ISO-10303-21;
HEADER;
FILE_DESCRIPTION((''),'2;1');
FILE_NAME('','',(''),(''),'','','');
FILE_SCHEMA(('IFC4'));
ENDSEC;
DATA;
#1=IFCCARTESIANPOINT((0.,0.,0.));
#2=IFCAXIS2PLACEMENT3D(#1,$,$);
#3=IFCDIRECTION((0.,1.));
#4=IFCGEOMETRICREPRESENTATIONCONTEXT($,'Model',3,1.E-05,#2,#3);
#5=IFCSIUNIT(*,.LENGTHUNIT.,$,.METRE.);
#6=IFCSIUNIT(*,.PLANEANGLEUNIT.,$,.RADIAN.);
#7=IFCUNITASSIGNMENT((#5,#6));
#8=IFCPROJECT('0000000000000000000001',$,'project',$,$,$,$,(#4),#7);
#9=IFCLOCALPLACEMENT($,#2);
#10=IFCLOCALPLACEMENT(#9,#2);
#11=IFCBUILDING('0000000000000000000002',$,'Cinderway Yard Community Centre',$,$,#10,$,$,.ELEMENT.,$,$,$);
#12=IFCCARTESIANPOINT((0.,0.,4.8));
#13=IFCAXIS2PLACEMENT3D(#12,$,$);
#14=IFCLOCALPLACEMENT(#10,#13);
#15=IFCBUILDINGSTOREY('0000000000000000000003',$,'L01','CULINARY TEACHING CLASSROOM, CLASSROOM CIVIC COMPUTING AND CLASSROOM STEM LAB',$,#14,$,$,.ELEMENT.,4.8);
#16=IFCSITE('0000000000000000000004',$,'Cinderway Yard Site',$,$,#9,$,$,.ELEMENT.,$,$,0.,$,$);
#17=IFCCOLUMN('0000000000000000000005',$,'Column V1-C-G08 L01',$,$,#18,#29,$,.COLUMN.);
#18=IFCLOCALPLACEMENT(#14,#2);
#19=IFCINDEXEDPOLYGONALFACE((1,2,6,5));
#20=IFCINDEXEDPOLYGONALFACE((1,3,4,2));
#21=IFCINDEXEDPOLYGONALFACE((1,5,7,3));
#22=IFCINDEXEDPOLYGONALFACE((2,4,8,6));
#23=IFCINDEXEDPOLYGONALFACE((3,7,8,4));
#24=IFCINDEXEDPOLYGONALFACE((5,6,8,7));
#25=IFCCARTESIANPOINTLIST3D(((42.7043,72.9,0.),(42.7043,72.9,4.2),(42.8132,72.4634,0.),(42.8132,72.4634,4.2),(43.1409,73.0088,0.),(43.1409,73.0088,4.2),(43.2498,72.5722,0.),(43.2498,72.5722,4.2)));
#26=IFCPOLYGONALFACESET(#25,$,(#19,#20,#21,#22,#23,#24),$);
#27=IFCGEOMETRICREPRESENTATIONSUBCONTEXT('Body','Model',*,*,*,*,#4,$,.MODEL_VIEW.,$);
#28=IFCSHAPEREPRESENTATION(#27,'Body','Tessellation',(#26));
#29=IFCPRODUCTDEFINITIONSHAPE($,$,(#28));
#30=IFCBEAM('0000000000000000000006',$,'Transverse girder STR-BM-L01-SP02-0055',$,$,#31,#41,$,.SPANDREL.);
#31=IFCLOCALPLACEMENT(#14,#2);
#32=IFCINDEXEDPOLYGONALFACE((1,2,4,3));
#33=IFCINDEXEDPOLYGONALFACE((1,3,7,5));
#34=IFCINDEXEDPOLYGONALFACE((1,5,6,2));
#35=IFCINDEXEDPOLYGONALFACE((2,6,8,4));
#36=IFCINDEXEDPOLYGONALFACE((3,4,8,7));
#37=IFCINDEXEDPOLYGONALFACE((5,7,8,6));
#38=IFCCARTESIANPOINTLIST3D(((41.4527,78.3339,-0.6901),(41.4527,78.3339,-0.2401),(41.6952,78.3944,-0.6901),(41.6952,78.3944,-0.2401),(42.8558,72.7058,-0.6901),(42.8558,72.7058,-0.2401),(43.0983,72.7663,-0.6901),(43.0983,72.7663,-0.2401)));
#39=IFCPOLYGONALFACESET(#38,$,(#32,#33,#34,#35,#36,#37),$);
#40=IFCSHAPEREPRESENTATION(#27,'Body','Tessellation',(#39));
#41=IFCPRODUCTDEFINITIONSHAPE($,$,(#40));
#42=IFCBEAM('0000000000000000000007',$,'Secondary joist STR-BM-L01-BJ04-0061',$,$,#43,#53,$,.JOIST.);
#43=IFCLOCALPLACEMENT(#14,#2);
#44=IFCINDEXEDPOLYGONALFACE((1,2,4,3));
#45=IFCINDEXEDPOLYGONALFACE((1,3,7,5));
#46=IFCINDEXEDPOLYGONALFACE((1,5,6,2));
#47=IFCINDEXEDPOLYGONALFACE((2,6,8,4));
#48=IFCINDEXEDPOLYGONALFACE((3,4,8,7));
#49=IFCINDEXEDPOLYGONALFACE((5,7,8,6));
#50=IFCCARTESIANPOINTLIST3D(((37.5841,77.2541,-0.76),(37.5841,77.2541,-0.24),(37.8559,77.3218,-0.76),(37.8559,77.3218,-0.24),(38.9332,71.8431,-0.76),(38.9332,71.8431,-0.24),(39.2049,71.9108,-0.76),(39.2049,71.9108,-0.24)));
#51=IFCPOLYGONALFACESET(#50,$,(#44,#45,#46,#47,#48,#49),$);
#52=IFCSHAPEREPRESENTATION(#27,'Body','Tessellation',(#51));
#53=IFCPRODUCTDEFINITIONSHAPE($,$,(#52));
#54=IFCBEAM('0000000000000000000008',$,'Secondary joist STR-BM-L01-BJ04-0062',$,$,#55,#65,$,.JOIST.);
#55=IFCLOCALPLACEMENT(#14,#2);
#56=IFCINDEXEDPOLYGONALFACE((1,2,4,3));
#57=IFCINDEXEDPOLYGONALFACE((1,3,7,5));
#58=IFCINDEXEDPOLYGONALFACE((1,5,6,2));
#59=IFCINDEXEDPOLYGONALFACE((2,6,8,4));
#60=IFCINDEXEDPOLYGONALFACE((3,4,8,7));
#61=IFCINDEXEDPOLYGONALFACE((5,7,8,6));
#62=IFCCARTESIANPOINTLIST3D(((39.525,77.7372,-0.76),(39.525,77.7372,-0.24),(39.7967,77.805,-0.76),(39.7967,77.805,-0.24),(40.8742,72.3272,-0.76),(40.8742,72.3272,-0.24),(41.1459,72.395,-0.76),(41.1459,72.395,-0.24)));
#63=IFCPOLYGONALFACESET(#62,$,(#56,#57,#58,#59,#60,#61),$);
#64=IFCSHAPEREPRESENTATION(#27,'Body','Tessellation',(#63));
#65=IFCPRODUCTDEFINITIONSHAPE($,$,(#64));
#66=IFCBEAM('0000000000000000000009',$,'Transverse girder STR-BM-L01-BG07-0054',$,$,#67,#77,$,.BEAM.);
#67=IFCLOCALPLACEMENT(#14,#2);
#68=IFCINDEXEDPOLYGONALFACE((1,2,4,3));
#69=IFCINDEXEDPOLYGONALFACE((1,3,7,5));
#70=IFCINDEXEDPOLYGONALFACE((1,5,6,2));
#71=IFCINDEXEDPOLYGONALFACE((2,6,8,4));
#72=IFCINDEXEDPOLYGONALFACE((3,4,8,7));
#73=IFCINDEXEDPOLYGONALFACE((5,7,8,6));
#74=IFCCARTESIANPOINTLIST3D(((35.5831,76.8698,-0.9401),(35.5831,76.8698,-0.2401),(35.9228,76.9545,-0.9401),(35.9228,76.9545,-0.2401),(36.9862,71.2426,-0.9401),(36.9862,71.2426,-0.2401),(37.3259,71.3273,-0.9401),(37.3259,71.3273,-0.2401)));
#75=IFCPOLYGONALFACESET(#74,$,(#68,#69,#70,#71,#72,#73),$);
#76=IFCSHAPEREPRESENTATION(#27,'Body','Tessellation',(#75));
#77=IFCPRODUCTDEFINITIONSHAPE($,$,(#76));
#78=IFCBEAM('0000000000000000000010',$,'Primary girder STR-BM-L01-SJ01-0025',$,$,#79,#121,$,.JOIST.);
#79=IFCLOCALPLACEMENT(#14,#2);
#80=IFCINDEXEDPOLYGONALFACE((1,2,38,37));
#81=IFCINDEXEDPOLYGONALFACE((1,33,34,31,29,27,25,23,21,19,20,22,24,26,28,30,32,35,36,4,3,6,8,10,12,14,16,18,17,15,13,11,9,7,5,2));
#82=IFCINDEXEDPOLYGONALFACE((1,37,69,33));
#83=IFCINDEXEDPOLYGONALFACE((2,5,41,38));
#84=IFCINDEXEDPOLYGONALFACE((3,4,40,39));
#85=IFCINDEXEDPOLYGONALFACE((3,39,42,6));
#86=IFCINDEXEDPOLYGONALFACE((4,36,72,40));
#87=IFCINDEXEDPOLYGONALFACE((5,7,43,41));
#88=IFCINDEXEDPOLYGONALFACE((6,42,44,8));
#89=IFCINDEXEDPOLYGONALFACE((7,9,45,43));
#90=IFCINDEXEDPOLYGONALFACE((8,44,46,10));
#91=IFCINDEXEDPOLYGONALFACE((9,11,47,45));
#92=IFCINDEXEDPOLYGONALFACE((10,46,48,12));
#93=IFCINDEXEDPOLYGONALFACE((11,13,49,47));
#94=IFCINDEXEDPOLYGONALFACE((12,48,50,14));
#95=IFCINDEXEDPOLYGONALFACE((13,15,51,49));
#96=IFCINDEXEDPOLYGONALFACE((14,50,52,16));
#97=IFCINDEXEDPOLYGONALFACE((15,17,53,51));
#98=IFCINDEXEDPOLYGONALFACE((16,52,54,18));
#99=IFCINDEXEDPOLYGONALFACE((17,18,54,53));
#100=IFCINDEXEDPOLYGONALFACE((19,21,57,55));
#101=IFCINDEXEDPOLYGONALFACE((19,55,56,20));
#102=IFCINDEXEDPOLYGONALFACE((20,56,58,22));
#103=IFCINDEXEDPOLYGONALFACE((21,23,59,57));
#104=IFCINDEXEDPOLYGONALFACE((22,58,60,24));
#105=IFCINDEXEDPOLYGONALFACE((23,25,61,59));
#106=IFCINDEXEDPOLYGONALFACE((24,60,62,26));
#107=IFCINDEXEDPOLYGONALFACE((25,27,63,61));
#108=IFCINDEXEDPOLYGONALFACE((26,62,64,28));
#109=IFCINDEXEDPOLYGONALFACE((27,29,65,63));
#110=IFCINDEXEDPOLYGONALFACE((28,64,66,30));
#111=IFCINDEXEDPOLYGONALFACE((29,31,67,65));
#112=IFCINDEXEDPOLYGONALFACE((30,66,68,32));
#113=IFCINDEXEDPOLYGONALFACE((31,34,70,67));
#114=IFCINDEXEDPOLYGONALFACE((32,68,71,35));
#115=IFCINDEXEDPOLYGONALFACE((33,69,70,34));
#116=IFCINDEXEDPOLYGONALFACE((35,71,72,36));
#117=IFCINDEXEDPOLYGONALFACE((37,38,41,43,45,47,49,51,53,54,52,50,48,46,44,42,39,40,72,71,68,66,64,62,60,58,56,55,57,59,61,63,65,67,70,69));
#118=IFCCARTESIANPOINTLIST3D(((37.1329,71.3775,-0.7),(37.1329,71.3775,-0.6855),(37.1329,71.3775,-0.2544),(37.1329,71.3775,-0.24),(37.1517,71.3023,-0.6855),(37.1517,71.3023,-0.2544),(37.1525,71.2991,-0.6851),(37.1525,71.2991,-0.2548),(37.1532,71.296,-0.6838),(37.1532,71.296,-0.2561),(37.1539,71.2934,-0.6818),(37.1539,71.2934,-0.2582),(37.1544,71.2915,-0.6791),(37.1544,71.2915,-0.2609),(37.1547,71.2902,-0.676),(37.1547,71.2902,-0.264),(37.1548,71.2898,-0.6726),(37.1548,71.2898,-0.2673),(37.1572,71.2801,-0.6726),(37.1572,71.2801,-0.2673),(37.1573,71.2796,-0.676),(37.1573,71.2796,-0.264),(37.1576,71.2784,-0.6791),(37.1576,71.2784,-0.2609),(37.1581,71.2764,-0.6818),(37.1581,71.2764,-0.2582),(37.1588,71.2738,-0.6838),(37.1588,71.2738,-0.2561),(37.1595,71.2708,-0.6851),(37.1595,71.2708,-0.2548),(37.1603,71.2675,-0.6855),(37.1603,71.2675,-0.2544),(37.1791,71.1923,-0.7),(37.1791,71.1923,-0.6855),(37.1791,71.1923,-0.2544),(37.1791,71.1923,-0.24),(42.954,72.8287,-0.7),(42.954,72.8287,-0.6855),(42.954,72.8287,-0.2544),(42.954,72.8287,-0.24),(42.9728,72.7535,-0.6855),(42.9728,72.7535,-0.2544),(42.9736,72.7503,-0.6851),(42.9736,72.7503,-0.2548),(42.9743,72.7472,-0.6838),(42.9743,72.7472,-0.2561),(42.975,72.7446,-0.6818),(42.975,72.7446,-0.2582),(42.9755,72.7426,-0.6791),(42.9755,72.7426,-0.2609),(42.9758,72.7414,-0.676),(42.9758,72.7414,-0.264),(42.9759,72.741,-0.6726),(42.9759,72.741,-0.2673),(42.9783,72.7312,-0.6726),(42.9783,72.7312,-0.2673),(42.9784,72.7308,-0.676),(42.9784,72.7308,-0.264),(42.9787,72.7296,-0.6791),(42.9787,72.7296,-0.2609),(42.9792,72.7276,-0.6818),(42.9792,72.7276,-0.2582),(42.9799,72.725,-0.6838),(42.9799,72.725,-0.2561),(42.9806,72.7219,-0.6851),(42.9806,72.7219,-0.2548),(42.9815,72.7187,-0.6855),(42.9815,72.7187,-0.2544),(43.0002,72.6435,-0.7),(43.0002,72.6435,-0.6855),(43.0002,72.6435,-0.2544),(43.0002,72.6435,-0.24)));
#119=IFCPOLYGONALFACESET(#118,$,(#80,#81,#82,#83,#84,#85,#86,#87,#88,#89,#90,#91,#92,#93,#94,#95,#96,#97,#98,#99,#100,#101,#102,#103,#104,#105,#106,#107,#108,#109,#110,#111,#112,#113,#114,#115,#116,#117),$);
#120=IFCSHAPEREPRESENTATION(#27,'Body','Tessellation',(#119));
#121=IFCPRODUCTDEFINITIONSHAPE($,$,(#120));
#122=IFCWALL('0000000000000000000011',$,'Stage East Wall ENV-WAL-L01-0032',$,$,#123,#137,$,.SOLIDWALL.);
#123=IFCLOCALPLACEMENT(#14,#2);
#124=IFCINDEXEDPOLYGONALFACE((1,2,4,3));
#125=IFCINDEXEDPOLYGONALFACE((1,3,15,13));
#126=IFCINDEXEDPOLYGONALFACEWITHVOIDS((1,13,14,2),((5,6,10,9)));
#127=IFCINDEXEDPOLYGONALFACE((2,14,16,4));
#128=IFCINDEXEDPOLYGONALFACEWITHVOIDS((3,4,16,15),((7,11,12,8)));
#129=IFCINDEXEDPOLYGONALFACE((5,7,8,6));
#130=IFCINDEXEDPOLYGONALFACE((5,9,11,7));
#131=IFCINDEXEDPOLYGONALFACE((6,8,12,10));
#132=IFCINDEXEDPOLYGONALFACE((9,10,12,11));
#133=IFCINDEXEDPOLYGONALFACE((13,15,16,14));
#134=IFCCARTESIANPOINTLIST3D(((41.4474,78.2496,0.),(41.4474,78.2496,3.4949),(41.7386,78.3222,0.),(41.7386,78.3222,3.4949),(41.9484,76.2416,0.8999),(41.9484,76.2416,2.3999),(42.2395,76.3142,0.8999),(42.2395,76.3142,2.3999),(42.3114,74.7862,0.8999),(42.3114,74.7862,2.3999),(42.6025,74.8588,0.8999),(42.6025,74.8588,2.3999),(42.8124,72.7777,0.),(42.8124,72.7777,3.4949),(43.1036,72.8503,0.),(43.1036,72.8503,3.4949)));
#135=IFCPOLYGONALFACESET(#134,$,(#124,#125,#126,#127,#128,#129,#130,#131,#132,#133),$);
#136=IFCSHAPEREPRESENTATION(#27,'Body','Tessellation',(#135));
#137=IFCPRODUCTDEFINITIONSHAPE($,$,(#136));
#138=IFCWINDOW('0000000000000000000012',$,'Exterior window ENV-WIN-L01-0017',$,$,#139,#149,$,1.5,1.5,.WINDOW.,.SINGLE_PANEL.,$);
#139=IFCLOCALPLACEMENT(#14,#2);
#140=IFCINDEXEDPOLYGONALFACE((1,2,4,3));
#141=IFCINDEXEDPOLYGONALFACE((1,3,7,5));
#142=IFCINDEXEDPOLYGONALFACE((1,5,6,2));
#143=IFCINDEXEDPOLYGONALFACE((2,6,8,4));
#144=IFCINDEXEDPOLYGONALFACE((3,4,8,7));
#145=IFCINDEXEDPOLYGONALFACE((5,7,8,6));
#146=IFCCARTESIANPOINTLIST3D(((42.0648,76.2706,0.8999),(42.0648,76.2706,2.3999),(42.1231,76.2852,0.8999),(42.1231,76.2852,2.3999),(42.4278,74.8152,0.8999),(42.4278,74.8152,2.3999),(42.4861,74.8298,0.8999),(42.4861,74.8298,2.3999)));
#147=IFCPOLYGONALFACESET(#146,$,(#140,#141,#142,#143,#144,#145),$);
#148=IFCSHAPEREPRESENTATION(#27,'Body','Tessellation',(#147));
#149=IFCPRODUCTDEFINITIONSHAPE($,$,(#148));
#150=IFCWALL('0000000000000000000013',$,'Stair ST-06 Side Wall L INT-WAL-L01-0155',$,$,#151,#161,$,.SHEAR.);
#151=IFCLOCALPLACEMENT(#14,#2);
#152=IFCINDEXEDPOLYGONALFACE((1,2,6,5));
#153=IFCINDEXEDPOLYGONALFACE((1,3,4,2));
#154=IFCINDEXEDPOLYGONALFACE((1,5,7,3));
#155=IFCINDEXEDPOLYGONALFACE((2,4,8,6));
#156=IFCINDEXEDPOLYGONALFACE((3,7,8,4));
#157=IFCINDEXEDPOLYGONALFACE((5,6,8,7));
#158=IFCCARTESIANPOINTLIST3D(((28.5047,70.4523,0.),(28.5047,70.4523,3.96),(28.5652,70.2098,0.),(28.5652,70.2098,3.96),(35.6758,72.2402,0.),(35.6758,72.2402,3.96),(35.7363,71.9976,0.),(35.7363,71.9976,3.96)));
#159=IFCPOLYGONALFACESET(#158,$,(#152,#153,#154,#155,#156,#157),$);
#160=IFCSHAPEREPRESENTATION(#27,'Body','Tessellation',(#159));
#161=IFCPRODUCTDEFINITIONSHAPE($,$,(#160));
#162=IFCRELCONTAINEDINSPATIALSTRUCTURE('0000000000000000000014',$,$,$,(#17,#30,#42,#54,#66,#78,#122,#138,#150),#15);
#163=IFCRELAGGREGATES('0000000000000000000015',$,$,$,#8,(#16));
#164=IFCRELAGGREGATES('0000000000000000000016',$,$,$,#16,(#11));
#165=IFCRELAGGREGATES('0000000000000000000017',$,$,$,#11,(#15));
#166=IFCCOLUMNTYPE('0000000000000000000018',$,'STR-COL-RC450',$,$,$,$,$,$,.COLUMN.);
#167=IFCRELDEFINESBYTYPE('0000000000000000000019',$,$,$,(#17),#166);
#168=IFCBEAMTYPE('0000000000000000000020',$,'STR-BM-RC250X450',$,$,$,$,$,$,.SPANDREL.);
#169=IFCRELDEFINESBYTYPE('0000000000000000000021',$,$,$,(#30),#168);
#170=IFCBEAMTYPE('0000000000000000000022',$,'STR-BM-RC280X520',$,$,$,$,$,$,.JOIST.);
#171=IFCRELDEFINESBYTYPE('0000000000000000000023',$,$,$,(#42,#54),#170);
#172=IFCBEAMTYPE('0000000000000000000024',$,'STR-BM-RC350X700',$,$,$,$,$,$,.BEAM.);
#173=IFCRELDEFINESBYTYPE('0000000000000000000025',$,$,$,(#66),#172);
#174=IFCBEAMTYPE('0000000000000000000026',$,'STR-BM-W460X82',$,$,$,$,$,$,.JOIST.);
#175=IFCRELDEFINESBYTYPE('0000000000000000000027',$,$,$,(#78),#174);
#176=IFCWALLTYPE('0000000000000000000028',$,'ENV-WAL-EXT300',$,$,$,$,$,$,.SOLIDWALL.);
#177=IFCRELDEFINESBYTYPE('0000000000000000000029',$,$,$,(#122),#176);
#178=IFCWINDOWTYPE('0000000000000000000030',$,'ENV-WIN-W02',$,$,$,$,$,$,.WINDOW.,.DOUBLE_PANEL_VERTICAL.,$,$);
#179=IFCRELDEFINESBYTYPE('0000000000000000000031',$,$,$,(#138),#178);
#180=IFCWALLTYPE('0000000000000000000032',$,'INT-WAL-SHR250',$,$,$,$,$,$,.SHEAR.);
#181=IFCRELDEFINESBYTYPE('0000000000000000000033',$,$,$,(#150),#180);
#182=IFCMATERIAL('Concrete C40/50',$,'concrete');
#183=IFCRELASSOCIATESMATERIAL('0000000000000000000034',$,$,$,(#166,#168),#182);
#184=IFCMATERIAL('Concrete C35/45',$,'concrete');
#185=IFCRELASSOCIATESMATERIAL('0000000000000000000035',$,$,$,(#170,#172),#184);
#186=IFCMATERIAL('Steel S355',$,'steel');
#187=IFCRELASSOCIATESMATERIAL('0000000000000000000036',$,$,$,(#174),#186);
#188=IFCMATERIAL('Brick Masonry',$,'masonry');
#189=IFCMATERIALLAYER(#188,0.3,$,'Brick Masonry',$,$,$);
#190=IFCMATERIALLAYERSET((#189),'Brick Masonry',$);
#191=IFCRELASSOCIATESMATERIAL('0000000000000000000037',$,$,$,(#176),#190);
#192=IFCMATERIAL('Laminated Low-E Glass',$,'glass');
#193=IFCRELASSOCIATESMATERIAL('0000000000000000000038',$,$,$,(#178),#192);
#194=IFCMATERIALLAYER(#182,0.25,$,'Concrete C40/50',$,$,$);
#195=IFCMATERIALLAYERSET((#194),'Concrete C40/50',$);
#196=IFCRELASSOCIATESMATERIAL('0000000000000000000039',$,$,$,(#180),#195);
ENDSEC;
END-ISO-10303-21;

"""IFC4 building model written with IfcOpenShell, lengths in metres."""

from ifc_helpers import new_model, si_unit, direction, frame, frame_2d, origin, origin_2d, place, context, subcontext, project, spatial, rectangle, i_section, extrude, material, layer, layer_set, material_profile, profile_set, type_object, element, fill, save


model = new_model("IFC4")

# Units and contexts
model_context = context("Model", 3, precision=1e-05, world=origin(), true_north=direction((0.0, 1.0)))
body_context = subcontext(model_context, "Body", "Model", "MODEL_VIEW")
ifc_project = project(units=[si_unit("LENGTHUNIT", "METRE"), si_unit("PLANEANGLEUNIT", "RADIAN")], contexts=[model_context])

# Site, building, storey
site_placement = place(None, origin())
site = spatial("IfcSite", under=ifc_project, at=site_placement, Name="Cinderway Yard Site", CompositionType="ELEMENT", RefElevation=0.0)
building_placement = place(site_placement, origin())
building = spatial("IfcBuilding", under=site, at=building_placement, Name="Cinderway Yard Community Centre", CompositionType="ELEMENT")
storey_placement = place(building_placement, frame((0.0, 0.0, 4.8)))
storey = spatial("IfcBuildingStorey", under=building, at=storey_placement, Name="L01", Description="CULINARY TEACHING CLASSROOM, CLASSROOM CIVIC COMPUTING AND CLASSROOM STEM LAB", CompositionType="ELEMENT", Elevation=4.8)

# Column
ifc_material_1 = material(Name="Concrete C40/50", Category="concrete")
ifc_material_profile_1 = material_profile(ifc_material_1, rectangle(XDim=0.45, YDim=0.45, at=origin_2d()), Name="Concrete C40/50")
ifc_profile_set_1 = profile_set([ifc_material_profile_1], Name="Concrete C40/50")
column_type = type_object("IfcColumnType", Name="STR-COL-RC450", PredefinedType="COLUMN", material=ifc_profile_set_1)
column_placement = place(storey_placement, frame((42.9771, 72.7361, 0.0), z_axis=(0.0, 0.0, 1.0), x_axis=(0.970296, 0.241922, 0.0)))
element("IfcColumn", 1, at=column_placement, inside=storey, type_object=column_type, Name="Column V1-C-G08 L01", PredefinedType="COLUMN", context=body_context, shape_type="SweptSolid", body=[
    extrude(rectangle(XDim=0.45, YDim=0.45, at=origin_2d()), origin(), (0.0, 0.0, 1.0), 4.2),
])

# Beams
ifc_material_profile_2 = material_profile(ifc_material_1, rectangle(XDim=0.25, YDim=0.45, at=origin_2d()), Name="Concrete C40/50")
ifc_profile_set_2 = profile_set([ifc_material_profile_2], Name="Concrete C40/50")
beam_type_1 = type_object("IfcBeamType", Name="STR-BM-RC250X450", PredefinedType="SPANDREL", material=ifc_profile_set_2)
beam_1_placement = place(storey_placement, frame((42.9771, 72.7361, -0.4651), z_axis=(-0.241902, 0.970301, 0.0), x_axis=(-0.970301, -0.241902, 0.0)))
element("IfcBeam", 2, at=beam_1_placement, inside=storey, type_object=beam_type_1, Name="Transverse girder STR-BM-L01-SP02-0055", PredefinedType="SPANDREL", context=body_context, shape_type="SweptSolid", body=[
    extrude(rectangle(XDim=0.25, YDim=0.45, at=origin_2d()), origin(), (0.0, 0.0, 1.0), 5.8003),
])
ifc_material_2 = material(Name="Concrete C35/45", Category="concrete")
ifc_material_profile_3 = material_profile(ifc_material_2, rectangle(XDim=0.28, YDim=0.52, at=origin_2d()), Name="Concrete C35/45")
ifc_profile_set_3 = profile_set([ifc_material_profile_3], Name="Concrete C35/45")
beam_type_2 = type_object("IfcBeamType", Name="STR-BM-RC280X520", PredefinedType="JOIST", material=ifc_profile_set_3)
beam_2_placement = place(storey_placement, frame((39.0691, 71.877, -0.5), z_axis=(-0.241918, 0.970297, 0.0), x_axis=(-0.970297, -0.241918, 0.0)))
element("IfcBeam", 3, at=beam_2_placement, inside=storey, type_object=beam_type_2, Name="Secondary joist STR-BM-L01-BJ04-0061", PredefinedType="JOIST", context=body_context, shape_type="SweptSolid", body=[
    extrude(rectangle(XDim=0.28, YDim=0.52, at=origin_2d()), origin(), (0.0, 0.0, 1.0), 5.5767),
])
beam_3_placement = place(storey_placement, frame((41.01, 72.3611, -0.5), z_axis=(-0.241969, 0.970284, 0.0), x_axis=(-0.970284, -0.241969, 0.0)))
element("IfcBeam", 4, at=beam_3_placement, inside=storey, type_object=beam_type_2, Name="Secondary joist STR-BM-L01-BJ04-0062", PredefinedType="JOIST", context=body_context, shape_type="SweptSolid", body=[
    extrude(rectangle(XDim=0.28, YDim=0.52, at=origin_2d()), origin(), (0.0, 0.0, 1.0), 5.5757),
])
ifc_material_profile_4 = material_profile(ifc_material_2, rectangle(XDim=0.3501, YDim=0.7, at=origin_2d()), Name="Concrete C35/45")
ifc_profile_set_4 = profile_set([ifc_material_profile_4], Name="Concrete C35/45")
beam_type_3 = type_object("IfcBeamType", Name="STR-BM-RC350X700", PredefinedType="BEAM", material=ifc_profile_set_4)
beam_4_placement = place(storey_placement, frame((37.156, 71.2849, -0.5901), z_axis=(-0.241931, 0.970293, 0.0), x_axis=(-0.970293, -0.241931, 0.0)))
element("IfcBeam", 5, at=beam_4_placement, inside=storey, type_object=beam_type_3, Name="Transverse girder STR-BM-L01-BG07-0054", PredefinedType="BEAM", context=body_context, shape_type="SweptSolid", body=[
    extrude(rectangle(XDim=0.3501, YDim=0.7, at=origin_2d()), origin(), (0.0, 0.0, 1.0), 5.7996),
])
ifc_material_3 = material(Name="Steel S355", Category="steel")
ifc_material_profile_5 = material_profile(ifc_material_3, i_section(OverallWidth=0.1909, OverallDepth=0.46, WebThickness=0.01, FlangeThickness=0.0144, FilletRadius=0.0129, at=origin_2d()), Name="Steel S355")
ifc_profile_set_5 = profile_set([ifc_material_profile_5], Name="Steel S355")
beam_type_4 = type_object("IfcBeamType", Name="STR-BM-W460X82", PredefinedType="JOIST", material=ifc_profile_set_5)
beam_5_placement = place(storey_placement, frame((37.156, 71.2849, -0.47), z_axis=(0.970303, 0.241894, 0.0), x_axis=(-0.241894, 0.970303, 0.0)))
element("IfcBeam", 6, at=beam_5_placement, inside=storey, type_object=beam_type_4, Name="Primary girder STR-BM-L01-SJ01-0025", PredefinedType="JOIST", context=body_context, shape_type="SweptSolid", body=[
    extrude(i_section(OverallWidth=0.1909, OverallDepth=0.46, WebThickness=0.01, FlangeThickness=0.0144, FilletRadius=0.0129, at=origin_2d()), origin(), (0.0, 0.0, 1.0), 5.9993),
])

# Wall, opening, window
ifc_material_4 = material(Name="Brick Masonry", Category="masonry")
ifc_layer_1 = layer(ifc_material_4, 0.3, Name="Brick Masonry")
ifc_layer_set_1 = layer_set([ifc_layer_1], Name="Brick Masonry")
wall_type_1 = type_object("IfcWallType", Name="ENV-WAL-EXT300", PredefinedType="SOLIDWALL", material=ifc_layer_set_1)
wall_1_placement = place(storey_placement, frame((42.958, 72.814, 0.0), z_axis=(0.0, 0.0, 1.0), x_axis=(-0.242036, 0.970267, 0.0)))
wall_1 = element("IfcWall", 7, at=wall_1_placement, inside=storey, type_object=wall_type_1, Name="Stage East Wall ENV-WAL-L01-0032", PredefinedType="SOLIDWALL", context=body_context, shape_type="SweptSolid", body=[
    extrude(rectangle(XDim=5.6396, YDim=0.3, at=frame_2d((2.8198, 0.0))), origin(), (0.0, 0.0, 1.0), 3.4949),
])
opening_placement = place(wall_1_placement, frame((2.0701, 0.0, 0.8999)))
opening = element("IfcOpeningElement", 8, at=opening_placement, cuts=wall_1, PredefinedType="OPENING", context=body_context, shape_type="SweptSolid", body=[
    extrude(rectangle(XDim=1.5, YDim=1.5, at=frame_2d((0.75, 0.75))), frame((0.0, 0.1599, 0.0), z_axis=(0.0, -1.0, 0.0), x_axis=(1.0, 0.0, 0.0)), (0.0, 0.0, 1.0), 0.3201),
])
ifc_material_5 = material(Name="Laminated Low-E Glass", Category="glass")
window_type = type_object("IfcWindowType", Name="ENV-WIN-W02", PartitioningType="DOUBLE_PANEL_VERTICAL", PredefinedType="WINDOW", material=ifc_material_5)
window_placement = place(opening_placement, origin())
window = element("IfcWindow", 9, at=window_placement, inside=storey, type_object=window_type, Name="Exterior window ENV-WIN-L01-0017", OverallHeight=1.5, OverallWidth=1.5, PartitioningType="SINGLE_PANEL", PredefinedType="WINDOW", context=body_context, shape_type="SweptSolid", body=[
    extrude(rectangle(XDim=1.5, YDim=1.5, at=frame_2d((0.75, 0.75))), frame((0.0, 0.03, 0.0), z_axis=(0.0, -1.0, 0.0), x_axis=(1.0, 0.0, 0.0)), (0.0, 0.0, 1.0), 0.0601),
])
fill(opening, window)

# Wall
ifc_layer_2 = layer(ifc_material_1, 0.25, Name="Concrete C40/50")
ifc_layer_set_2 = layer_set([ifc_layer_2], Name="Concrete C40/50")
wall_type_2 = type_object("IfcWallType", Name="INT-WAL-SHR250", PredefinedType="SHEAR", material=ifc_layer_set_2)
wall_2_placement = place(storey_placement, frame((35.7061, 72.1189, 0.0), z_axis=(0.0, 0.0, 1.0), x_axis=(-0.9703, -0.241906, 0.0)))
element("IfcWall", 10, at=wall_2_placement, inside=storey, type_object=wall_type_2, Name="Stair ST-06 Side Wall L INT-WAL-L01-0155", PredefinedType="SHEAR", context=body_context, shape_type="SweptSolid", body=[
    extrude(rectangle(XDim=7.3906, YDim=0.25, at=frame_2d((3.6953, 0.0))), origin(), (0.0, 0.0, 1.0), 3.96),
])

save(model, "model.ifc")
